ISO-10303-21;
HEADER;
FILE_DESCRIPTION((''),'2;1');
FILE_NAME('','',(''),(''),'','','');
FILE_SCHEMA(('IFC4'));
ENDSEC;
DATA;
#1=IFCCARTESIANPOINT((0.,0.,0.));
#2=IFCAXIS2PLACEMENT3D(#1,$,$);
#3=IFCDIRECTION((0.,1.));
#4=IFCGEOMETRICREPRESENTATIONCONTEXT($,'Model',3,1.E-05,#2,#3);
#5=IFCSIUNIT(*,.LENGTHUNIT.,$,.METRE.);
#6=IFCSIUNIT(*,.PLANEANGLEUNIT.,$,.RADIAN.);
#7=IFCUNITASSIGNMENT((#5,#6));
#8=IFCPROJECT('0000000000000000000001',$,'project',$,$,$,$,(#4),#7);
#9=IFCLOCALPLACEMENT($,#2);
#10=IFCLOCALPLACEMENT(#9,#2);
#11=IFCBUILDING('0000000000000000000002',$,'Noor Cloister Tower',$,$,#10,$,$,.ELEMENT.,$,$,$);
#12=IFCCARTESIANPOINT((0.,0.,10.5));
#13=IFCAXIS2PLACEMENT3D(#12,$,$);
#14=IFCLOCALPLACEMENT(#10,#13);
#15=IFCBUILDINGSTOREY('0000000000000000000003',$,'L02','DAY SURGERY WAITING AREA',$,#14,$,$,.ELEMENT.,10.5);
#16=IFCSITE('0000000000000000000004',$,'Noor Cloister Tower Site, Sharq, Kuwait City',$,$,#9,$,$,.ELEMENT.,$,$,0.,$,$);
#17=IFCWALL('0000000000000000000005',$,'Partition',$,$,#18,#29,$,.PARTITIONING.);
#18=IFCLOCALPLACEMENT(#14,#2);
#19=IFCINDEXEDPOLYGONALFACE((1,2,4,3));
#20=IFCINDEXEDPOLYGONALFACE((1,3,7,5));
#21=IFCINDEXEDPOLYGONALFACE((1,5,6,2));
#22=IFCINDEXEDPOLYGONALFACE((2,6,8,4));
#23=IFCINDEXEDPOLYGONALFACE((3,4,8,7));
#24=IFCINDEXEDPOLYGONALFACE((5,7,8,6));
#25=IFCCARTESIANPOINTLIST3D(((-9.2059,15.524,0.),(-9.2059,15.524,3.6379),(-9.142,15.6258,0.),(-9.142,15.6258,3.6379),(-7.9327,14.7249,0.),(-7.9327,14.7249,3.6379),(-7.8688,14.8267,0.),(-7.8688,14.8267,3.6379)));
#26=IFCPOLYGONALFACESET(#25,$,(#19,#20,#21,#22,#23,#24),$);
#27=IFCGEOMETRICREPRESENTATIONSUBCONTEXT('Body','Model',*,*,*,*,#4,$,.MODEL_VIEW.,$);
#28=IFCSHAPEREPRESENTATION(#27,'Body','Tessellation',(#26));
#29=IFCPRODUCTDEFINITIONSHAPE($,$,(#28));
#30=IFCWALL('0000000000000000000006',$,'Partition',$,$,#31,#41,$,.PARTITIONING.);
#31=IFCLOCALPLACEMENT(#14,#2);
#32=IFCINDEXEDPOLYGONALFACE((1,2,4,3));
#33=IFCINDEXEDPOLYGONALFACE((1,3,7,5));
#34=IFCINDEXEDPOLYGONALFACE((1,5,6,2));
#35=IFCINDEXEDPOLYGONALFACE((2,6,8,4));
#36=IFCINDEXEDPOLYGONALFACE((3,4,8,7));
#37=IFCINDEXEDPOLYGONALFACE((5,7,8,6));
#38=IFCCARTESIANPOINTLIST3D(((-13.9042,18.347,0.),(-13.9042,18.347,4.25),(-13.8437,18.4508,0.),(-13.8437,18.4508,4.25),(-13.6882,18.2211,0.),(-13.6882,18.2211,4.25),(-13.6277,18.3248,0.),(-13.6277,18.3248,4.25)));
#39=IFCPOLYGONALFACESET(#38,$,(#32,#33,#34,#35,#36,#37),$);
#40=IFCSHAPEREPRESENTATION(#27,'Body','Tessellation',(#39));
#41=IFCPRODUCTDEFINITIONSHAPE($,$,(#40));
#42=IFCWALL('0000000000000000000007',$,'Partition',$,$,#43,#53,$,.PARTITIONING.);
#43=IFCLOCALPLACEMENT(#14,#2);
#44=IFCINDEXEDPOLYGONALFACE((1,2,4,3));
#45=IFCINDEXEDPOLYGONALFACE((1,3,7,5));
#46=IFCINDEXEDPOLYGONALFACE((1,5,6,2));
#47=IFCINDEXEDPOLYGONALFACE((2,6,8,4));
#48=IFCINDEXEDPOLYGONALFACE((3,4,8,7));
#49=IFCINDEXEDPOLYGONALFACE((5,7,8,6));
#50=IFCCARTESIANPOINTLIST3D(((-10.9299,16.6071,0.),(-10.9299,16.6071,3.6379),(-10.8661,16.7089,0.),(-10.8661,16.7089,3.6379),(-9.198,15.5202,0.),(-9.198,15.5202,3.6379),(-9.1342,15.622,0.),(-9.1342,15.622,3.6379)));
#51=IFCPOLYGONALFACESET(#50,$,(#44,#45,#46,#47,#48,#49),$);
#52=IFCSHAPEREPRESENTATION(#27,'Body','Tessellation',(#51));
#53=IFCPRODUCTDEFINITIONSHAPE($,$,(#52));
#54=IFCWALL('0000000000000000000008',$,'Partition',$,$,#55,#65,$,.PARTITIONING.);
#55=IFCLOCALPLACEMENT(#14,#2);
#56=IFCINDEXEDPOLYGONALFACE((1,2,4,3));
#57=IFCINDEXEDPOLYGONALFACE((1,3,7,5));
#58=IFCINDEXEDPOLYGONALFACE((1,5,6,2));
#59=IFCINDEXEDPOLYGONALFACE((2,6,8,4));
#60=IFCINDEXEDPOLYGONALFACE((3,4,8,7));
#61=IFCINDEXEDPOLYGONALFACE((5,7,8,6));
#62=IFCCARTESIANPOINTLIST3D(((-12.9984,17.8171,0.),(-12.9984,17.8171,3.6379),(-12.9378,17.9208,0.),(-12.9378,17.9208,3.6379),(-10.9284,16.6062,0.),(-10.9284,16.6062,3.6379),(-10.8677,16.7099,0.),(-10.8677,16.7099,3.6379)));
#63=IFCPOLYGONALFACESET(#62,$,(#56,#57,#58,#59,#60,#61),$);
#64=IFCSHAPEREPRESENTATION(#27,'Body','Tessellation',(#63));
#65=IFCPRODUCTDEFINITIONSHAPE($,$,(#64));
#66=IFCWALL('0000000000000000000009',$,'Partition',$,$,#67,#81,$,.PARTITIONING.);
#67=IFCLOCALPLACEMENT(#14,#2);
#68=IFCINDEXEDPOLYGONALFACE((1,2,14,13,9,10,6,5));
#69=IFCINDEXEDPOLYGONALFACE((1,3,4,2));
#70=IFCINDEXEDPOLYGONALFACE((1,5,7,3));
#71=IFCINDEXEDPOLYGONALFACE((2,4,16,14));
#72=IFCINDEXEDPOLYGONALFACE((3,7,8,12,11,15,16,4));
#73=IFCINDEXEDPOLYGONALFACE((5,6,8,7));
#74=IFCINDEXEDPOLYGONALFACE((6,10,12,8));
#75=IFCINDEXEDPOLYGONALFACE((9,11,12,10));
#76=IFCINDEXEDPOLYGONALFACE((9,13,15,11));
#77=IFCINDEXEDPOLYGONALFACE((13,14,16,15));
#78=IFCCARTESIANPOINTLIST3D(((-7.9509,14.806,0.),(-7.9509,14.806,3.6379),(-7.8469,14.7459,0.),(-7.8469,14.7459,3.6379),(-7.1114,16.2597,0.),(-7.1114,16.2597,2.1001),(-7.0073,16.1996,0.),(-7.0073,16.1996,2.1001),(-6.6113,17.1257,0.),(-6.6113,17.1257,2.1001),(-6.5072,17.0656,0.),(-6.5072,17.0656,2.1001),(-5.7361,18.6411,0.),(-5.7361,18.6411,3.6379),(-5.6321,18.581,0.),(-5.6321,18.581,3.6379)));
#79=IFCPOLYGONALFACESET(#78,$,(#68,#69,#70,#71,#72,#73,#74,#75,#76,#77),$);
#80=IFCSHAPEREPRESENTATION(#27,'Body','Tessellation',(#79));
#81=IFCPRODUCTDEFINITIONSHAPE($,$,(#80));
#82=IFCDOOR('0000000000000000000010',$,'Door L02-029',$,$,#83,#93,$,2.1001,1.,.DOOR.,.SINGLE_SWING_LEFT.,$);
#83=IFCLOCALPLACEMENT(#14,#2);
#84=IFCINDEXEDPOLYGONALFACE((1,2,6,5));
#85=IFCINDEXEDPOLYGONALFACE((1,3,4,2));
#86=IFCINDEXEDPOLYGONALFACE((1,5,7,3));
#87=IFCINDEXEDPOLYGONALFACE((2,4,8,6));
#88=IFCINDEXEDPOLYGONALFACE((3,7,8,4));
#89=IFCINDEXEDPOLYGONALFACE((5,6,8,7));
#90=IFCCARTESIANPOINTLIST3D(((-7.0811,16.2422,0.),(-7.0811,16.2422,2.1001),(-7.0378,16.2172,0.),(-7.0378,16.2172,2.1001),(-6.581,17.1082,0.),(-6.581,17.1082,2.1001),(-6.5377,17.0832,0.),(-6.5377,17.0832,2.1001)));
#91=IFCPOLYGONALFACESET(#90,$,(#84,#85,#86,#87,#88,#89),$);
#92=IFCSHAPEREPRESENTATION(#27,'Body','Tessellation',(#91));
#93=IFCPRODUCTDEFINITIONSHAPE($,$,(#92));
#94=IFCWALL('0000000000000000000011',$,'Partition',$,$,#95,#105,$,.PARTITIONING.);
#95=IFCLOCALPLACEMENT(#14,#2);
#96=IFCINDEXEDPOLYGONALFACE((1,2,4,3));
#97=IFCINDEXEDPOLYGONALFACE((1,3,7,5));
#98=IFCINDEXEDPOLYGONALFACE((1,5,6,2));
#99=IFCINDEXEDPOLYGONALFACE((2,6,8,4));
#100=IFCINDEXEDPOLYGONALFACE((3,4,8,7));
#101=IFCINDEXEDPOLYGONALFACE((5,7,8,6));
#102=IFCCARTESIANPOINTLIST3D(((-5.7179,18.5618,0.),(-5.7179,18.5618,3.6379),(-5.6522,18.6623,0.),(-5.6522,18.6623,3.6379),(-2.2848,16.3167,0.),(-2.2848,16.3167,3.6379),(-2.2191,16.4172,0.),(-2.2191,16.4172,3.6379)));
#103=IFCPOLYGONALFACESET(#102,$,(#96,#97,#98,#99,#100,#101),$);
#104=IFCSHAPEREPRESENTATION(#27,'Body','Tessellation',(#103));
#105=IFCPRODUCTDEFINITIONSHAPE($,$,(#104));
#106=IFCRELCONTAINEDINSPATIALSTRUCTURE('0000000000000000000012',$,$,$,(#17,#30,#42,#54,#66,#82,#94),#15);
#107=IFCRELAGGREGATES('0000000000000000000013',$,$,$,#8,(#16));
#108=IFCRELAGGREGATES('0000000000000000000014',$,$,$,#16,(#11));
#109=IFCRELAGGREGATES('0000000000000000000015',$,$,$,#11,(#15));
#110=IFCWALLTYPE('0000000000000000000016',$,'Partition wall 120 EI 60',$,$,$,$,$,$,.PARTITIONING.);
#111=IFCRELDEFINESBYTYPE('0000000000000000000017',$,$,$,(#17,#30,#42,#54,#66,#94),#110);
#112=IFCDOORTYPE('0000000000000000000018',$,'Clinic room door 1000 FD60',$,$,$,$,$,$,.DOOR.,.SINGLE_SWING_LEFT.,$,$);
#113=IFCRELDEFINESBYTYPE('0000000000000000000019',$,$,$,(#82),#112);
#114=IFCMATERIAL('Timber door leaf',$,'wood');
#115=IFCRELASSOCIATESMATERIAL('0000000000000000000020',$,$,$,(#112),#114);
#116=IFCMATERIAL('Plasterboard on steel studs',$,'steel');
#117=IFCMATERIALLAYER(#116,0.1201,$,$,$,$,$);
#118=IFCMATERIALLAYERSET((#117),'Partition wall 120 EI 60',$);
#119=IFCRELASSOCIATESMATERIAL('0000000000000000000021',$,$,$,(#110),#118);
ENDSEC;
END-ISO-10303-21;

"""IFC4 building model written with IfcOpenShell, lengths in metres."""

from ifc_helpers import new_model, si_unit, direction, frame, frame_2d, origin, place, context, subcontext, project, spatial, rectangle, extrude, material, layer, layer_set, type_object, element, fill, save


model = new_model("IFC4")

# Units and contexts
model_context = context("Model", 3, precision=1e-05, world=origin(), true_north=direction((0.0, 1.0)))
body_context = subcontext(model_context, "Body", "Model", "MODEL_VIEW")
ifc_project = project(units=[si_unit("LENGTHUNIT", "METRE"), si_unit("PLANEANGLEUNIT", "RADIAN")], contexts=[model_context])

# Site, building, storey
site_placement = place(None, origin())
site = spatial("IfcSite", under=ifc_project, at=site_placement, Name="Noor Cloister Tower Site, Sharq, Kuwait City", CompositionType="ELEMENT", RefElevation=0.0)
building_placement = place(site_placement, origin())
building = spatial("IfcBuilding", under=site, at=building_placement, Name="Noor Cloister Tower", CompositionType="ELEMENT")
storey_placement = place(building_placement, frame((0.0, 0.0, 10.5)))
storey = spatial("IfcBuildingStorey", under=building, at=storey_placement, Name="L02", Description="DAY SURGERY WAITING AREA", CompositionType="ELEMENT", Elevation=10.5)

# Shared definitions
ifc_material_1 = material(Name="Timber door leaf", Category="wood")
door_type = type_object("IfcDoorType", Name="Clinic room door 1000 FD60", OperationType="SINGLE_SWING_LEFT", PredefinedType="DOOR", material=ifc_material_1)

# Shared definitions
ifc_material_2 = material(Name="Plasterboard on steel studs", Category="steel")
ifc_layer_1 = layer(ifc_material_2, 0.1201)
ifc_layer_set_1 = layer_set([ifc_layer_1], Name="Partition wall 120 EI 60")
wall_type_1 = type_object("IfcWallType", Name="Partition wall 120 EI 60", PredefinedType="PARTITIONING", material=ifc_layer_set_1)

# Walls
wall_1_placement = place(storey_placement, frame((-7.9009, 14.7759, 0.0), z_axis=(0.0, 0.0, 1.0), x_axis=(-0.847002, 0.531589, 0.0)))
element("IfcWall", 1, at=wall_1_placement, inside=storey, type_object=wall_type_1, Name="Partition", PredefinedType="PARTITIONING", context=body_context, shape_type="SweptSolid", body=[
    extrude(rectangle(XDim=1.5032, YDim=0.1201, at=frame_2d((0.7515, 0.0))), origin(), (0.0, 0.0, 1.0), 3.6379),
])
wall_2_placement = place(storey_placement, frame((-13.658, 18.2729, 0.0), z_axis=(0.0, 0.0, 1.0), x_axis=(-0.863885, 0.503689, 0.0)))
element("IfcWall", 2, at=wall_2_placement, inside=storey, type_object=wall_type_1, Name="Partition", PredefinedType="PARTITIONING", context=body_context, shape_type="SweptSolid", body=[
    extrude(rectangle(XDim=0.25, YDim=0.1201, at=frame_2d((0.125, 0.0))), origin(), (0.0, 0.0, 1.0), 4.25),
])
wall_3_placement = place(storey_placement, frame((-9.166, 15.571, 0.0), z_axis=(0.0, 0.0, 1.0), x_axis=(-0.847018, 0.531565, 0.0)))
element("IfcWall", 3, at=wall_3_placement, inside=storey, type_object=wall_type_1, Name="Partition", PredefinedType="PARTITIONING", context=body_context, shape_type="SweptSolid", body=[
    extrude(rectangle(XDim=2.0447, YDim=0.1201, at=frame_2d((1.0225, 0.0))), origin(), (0.0, 0.0, 1.0), 3.6379),
])
wall_4_placement = place(storey_placement, frame((-10.8979, 16.658, 0.0), z_axis=(0.0, 0.0, 1.0), x_axis=(-0.863162, 0.504928, 0.0)))
element("IfcWall", 4, at=wall_4_placement, inside=storey, type_object=wall_type_1, Name="Partition", PredefinedType="PARTITIONING", context=body_context, shape_type="SweptSolid", body=[
    extrude(rectangle(XDim=2.3982, YDim=0.1201, at=frame_2d((1.1992, 0.0))), origin(), (0.0, 0.0, 1.0), 3.6379),
])

# Wall, opening, door
wall_5_placement = place(storey_placement, frame((-5.6841, 18.6111, 0.0), z_axis=(0.0, 0.0, 1.0), x_axis=(-0.500099, -0.865968, 0.0)))
wall_5 = element("IfcWall", 5, at=wall_5_placement, inside=storey, type_object=wall_type_1, Name="Partition", PredefinedType="PARTITIONING", context=body_context, shape_type="SweptSolid", body=[
    extrude(rectangle(XDim=4.4287, YDim=0.1201, at=frame_2d((2.2144, 0.0))), origin(), (0.0, 0.0, 1.0), 3.6379),
])
opening_1_placement = place(wall_5_placement, frame((1.75, 0.0, 0.0)))
opening_1 = element("IfcOpeningElement", 6, at=opening_1_placement, cuts=wall_5, PredefinedType="OPENING", context=body_context, shape_type="SweptSolid", body=[
    extrude(rectangle(XDim=1.0, YDim=2.1001, at=frame_2d((0.5, 1.05))), frame((0.0, 0.0701, 0.0), z_axis=(0.0, -1.0, 0.0), x_axis=(1.0, 0.0, 0.0)), (0.0, 0.0, 1.0), 0.1401),
])
door_1_placement = place(opening_1_placement, origin())
door_1 = element("IfcDoor", 7, at=door_1_placement, inside=storey, type_object=door_type, Name="Door L02-029", OperationType="SINGLE_SWING_LEFT", OverallHeight=2.1001, OverallWidth=1.0, PredefinedType="DOOR", context=body_context, shape_type="SweptSolid", body=[
    extrude(rectangle(XDim=1.0, YDim=2.1001, at=frame_2d((0.5, 1.05))), frame((0.0, 0.0249, 0.0), z_axis=(0.0, -1.0, 0.0), x_axis=(1.0, 0.0, 0.0)), (0.0, 0.0, 1.0), 0.05),
])
fill(opening_1, door_1)

# Wall
wall_6_placement = place(storey_placement, frame((-2.252, 16.3669, 0.0), z_axis=(0.0, 0.0, 1.0), x_axis=(-0.836926, 0.547317, 0.0)))
element("IfcWall", 8, at=wall_6_placement, inside=storey, type_object=wall_type_1, Name="Partition", PredefinedType="PARTITIONING", context=body_context, shape_type="SweptSolid", body=[
    extrude(rectangle(XDim=4.1021, YDim=0.1201, at=frame_2d((2.051, 0.0))), origin(), (0.0, 0.0, 1.0), 3.6379),
])

save(model, "model.ifc")
